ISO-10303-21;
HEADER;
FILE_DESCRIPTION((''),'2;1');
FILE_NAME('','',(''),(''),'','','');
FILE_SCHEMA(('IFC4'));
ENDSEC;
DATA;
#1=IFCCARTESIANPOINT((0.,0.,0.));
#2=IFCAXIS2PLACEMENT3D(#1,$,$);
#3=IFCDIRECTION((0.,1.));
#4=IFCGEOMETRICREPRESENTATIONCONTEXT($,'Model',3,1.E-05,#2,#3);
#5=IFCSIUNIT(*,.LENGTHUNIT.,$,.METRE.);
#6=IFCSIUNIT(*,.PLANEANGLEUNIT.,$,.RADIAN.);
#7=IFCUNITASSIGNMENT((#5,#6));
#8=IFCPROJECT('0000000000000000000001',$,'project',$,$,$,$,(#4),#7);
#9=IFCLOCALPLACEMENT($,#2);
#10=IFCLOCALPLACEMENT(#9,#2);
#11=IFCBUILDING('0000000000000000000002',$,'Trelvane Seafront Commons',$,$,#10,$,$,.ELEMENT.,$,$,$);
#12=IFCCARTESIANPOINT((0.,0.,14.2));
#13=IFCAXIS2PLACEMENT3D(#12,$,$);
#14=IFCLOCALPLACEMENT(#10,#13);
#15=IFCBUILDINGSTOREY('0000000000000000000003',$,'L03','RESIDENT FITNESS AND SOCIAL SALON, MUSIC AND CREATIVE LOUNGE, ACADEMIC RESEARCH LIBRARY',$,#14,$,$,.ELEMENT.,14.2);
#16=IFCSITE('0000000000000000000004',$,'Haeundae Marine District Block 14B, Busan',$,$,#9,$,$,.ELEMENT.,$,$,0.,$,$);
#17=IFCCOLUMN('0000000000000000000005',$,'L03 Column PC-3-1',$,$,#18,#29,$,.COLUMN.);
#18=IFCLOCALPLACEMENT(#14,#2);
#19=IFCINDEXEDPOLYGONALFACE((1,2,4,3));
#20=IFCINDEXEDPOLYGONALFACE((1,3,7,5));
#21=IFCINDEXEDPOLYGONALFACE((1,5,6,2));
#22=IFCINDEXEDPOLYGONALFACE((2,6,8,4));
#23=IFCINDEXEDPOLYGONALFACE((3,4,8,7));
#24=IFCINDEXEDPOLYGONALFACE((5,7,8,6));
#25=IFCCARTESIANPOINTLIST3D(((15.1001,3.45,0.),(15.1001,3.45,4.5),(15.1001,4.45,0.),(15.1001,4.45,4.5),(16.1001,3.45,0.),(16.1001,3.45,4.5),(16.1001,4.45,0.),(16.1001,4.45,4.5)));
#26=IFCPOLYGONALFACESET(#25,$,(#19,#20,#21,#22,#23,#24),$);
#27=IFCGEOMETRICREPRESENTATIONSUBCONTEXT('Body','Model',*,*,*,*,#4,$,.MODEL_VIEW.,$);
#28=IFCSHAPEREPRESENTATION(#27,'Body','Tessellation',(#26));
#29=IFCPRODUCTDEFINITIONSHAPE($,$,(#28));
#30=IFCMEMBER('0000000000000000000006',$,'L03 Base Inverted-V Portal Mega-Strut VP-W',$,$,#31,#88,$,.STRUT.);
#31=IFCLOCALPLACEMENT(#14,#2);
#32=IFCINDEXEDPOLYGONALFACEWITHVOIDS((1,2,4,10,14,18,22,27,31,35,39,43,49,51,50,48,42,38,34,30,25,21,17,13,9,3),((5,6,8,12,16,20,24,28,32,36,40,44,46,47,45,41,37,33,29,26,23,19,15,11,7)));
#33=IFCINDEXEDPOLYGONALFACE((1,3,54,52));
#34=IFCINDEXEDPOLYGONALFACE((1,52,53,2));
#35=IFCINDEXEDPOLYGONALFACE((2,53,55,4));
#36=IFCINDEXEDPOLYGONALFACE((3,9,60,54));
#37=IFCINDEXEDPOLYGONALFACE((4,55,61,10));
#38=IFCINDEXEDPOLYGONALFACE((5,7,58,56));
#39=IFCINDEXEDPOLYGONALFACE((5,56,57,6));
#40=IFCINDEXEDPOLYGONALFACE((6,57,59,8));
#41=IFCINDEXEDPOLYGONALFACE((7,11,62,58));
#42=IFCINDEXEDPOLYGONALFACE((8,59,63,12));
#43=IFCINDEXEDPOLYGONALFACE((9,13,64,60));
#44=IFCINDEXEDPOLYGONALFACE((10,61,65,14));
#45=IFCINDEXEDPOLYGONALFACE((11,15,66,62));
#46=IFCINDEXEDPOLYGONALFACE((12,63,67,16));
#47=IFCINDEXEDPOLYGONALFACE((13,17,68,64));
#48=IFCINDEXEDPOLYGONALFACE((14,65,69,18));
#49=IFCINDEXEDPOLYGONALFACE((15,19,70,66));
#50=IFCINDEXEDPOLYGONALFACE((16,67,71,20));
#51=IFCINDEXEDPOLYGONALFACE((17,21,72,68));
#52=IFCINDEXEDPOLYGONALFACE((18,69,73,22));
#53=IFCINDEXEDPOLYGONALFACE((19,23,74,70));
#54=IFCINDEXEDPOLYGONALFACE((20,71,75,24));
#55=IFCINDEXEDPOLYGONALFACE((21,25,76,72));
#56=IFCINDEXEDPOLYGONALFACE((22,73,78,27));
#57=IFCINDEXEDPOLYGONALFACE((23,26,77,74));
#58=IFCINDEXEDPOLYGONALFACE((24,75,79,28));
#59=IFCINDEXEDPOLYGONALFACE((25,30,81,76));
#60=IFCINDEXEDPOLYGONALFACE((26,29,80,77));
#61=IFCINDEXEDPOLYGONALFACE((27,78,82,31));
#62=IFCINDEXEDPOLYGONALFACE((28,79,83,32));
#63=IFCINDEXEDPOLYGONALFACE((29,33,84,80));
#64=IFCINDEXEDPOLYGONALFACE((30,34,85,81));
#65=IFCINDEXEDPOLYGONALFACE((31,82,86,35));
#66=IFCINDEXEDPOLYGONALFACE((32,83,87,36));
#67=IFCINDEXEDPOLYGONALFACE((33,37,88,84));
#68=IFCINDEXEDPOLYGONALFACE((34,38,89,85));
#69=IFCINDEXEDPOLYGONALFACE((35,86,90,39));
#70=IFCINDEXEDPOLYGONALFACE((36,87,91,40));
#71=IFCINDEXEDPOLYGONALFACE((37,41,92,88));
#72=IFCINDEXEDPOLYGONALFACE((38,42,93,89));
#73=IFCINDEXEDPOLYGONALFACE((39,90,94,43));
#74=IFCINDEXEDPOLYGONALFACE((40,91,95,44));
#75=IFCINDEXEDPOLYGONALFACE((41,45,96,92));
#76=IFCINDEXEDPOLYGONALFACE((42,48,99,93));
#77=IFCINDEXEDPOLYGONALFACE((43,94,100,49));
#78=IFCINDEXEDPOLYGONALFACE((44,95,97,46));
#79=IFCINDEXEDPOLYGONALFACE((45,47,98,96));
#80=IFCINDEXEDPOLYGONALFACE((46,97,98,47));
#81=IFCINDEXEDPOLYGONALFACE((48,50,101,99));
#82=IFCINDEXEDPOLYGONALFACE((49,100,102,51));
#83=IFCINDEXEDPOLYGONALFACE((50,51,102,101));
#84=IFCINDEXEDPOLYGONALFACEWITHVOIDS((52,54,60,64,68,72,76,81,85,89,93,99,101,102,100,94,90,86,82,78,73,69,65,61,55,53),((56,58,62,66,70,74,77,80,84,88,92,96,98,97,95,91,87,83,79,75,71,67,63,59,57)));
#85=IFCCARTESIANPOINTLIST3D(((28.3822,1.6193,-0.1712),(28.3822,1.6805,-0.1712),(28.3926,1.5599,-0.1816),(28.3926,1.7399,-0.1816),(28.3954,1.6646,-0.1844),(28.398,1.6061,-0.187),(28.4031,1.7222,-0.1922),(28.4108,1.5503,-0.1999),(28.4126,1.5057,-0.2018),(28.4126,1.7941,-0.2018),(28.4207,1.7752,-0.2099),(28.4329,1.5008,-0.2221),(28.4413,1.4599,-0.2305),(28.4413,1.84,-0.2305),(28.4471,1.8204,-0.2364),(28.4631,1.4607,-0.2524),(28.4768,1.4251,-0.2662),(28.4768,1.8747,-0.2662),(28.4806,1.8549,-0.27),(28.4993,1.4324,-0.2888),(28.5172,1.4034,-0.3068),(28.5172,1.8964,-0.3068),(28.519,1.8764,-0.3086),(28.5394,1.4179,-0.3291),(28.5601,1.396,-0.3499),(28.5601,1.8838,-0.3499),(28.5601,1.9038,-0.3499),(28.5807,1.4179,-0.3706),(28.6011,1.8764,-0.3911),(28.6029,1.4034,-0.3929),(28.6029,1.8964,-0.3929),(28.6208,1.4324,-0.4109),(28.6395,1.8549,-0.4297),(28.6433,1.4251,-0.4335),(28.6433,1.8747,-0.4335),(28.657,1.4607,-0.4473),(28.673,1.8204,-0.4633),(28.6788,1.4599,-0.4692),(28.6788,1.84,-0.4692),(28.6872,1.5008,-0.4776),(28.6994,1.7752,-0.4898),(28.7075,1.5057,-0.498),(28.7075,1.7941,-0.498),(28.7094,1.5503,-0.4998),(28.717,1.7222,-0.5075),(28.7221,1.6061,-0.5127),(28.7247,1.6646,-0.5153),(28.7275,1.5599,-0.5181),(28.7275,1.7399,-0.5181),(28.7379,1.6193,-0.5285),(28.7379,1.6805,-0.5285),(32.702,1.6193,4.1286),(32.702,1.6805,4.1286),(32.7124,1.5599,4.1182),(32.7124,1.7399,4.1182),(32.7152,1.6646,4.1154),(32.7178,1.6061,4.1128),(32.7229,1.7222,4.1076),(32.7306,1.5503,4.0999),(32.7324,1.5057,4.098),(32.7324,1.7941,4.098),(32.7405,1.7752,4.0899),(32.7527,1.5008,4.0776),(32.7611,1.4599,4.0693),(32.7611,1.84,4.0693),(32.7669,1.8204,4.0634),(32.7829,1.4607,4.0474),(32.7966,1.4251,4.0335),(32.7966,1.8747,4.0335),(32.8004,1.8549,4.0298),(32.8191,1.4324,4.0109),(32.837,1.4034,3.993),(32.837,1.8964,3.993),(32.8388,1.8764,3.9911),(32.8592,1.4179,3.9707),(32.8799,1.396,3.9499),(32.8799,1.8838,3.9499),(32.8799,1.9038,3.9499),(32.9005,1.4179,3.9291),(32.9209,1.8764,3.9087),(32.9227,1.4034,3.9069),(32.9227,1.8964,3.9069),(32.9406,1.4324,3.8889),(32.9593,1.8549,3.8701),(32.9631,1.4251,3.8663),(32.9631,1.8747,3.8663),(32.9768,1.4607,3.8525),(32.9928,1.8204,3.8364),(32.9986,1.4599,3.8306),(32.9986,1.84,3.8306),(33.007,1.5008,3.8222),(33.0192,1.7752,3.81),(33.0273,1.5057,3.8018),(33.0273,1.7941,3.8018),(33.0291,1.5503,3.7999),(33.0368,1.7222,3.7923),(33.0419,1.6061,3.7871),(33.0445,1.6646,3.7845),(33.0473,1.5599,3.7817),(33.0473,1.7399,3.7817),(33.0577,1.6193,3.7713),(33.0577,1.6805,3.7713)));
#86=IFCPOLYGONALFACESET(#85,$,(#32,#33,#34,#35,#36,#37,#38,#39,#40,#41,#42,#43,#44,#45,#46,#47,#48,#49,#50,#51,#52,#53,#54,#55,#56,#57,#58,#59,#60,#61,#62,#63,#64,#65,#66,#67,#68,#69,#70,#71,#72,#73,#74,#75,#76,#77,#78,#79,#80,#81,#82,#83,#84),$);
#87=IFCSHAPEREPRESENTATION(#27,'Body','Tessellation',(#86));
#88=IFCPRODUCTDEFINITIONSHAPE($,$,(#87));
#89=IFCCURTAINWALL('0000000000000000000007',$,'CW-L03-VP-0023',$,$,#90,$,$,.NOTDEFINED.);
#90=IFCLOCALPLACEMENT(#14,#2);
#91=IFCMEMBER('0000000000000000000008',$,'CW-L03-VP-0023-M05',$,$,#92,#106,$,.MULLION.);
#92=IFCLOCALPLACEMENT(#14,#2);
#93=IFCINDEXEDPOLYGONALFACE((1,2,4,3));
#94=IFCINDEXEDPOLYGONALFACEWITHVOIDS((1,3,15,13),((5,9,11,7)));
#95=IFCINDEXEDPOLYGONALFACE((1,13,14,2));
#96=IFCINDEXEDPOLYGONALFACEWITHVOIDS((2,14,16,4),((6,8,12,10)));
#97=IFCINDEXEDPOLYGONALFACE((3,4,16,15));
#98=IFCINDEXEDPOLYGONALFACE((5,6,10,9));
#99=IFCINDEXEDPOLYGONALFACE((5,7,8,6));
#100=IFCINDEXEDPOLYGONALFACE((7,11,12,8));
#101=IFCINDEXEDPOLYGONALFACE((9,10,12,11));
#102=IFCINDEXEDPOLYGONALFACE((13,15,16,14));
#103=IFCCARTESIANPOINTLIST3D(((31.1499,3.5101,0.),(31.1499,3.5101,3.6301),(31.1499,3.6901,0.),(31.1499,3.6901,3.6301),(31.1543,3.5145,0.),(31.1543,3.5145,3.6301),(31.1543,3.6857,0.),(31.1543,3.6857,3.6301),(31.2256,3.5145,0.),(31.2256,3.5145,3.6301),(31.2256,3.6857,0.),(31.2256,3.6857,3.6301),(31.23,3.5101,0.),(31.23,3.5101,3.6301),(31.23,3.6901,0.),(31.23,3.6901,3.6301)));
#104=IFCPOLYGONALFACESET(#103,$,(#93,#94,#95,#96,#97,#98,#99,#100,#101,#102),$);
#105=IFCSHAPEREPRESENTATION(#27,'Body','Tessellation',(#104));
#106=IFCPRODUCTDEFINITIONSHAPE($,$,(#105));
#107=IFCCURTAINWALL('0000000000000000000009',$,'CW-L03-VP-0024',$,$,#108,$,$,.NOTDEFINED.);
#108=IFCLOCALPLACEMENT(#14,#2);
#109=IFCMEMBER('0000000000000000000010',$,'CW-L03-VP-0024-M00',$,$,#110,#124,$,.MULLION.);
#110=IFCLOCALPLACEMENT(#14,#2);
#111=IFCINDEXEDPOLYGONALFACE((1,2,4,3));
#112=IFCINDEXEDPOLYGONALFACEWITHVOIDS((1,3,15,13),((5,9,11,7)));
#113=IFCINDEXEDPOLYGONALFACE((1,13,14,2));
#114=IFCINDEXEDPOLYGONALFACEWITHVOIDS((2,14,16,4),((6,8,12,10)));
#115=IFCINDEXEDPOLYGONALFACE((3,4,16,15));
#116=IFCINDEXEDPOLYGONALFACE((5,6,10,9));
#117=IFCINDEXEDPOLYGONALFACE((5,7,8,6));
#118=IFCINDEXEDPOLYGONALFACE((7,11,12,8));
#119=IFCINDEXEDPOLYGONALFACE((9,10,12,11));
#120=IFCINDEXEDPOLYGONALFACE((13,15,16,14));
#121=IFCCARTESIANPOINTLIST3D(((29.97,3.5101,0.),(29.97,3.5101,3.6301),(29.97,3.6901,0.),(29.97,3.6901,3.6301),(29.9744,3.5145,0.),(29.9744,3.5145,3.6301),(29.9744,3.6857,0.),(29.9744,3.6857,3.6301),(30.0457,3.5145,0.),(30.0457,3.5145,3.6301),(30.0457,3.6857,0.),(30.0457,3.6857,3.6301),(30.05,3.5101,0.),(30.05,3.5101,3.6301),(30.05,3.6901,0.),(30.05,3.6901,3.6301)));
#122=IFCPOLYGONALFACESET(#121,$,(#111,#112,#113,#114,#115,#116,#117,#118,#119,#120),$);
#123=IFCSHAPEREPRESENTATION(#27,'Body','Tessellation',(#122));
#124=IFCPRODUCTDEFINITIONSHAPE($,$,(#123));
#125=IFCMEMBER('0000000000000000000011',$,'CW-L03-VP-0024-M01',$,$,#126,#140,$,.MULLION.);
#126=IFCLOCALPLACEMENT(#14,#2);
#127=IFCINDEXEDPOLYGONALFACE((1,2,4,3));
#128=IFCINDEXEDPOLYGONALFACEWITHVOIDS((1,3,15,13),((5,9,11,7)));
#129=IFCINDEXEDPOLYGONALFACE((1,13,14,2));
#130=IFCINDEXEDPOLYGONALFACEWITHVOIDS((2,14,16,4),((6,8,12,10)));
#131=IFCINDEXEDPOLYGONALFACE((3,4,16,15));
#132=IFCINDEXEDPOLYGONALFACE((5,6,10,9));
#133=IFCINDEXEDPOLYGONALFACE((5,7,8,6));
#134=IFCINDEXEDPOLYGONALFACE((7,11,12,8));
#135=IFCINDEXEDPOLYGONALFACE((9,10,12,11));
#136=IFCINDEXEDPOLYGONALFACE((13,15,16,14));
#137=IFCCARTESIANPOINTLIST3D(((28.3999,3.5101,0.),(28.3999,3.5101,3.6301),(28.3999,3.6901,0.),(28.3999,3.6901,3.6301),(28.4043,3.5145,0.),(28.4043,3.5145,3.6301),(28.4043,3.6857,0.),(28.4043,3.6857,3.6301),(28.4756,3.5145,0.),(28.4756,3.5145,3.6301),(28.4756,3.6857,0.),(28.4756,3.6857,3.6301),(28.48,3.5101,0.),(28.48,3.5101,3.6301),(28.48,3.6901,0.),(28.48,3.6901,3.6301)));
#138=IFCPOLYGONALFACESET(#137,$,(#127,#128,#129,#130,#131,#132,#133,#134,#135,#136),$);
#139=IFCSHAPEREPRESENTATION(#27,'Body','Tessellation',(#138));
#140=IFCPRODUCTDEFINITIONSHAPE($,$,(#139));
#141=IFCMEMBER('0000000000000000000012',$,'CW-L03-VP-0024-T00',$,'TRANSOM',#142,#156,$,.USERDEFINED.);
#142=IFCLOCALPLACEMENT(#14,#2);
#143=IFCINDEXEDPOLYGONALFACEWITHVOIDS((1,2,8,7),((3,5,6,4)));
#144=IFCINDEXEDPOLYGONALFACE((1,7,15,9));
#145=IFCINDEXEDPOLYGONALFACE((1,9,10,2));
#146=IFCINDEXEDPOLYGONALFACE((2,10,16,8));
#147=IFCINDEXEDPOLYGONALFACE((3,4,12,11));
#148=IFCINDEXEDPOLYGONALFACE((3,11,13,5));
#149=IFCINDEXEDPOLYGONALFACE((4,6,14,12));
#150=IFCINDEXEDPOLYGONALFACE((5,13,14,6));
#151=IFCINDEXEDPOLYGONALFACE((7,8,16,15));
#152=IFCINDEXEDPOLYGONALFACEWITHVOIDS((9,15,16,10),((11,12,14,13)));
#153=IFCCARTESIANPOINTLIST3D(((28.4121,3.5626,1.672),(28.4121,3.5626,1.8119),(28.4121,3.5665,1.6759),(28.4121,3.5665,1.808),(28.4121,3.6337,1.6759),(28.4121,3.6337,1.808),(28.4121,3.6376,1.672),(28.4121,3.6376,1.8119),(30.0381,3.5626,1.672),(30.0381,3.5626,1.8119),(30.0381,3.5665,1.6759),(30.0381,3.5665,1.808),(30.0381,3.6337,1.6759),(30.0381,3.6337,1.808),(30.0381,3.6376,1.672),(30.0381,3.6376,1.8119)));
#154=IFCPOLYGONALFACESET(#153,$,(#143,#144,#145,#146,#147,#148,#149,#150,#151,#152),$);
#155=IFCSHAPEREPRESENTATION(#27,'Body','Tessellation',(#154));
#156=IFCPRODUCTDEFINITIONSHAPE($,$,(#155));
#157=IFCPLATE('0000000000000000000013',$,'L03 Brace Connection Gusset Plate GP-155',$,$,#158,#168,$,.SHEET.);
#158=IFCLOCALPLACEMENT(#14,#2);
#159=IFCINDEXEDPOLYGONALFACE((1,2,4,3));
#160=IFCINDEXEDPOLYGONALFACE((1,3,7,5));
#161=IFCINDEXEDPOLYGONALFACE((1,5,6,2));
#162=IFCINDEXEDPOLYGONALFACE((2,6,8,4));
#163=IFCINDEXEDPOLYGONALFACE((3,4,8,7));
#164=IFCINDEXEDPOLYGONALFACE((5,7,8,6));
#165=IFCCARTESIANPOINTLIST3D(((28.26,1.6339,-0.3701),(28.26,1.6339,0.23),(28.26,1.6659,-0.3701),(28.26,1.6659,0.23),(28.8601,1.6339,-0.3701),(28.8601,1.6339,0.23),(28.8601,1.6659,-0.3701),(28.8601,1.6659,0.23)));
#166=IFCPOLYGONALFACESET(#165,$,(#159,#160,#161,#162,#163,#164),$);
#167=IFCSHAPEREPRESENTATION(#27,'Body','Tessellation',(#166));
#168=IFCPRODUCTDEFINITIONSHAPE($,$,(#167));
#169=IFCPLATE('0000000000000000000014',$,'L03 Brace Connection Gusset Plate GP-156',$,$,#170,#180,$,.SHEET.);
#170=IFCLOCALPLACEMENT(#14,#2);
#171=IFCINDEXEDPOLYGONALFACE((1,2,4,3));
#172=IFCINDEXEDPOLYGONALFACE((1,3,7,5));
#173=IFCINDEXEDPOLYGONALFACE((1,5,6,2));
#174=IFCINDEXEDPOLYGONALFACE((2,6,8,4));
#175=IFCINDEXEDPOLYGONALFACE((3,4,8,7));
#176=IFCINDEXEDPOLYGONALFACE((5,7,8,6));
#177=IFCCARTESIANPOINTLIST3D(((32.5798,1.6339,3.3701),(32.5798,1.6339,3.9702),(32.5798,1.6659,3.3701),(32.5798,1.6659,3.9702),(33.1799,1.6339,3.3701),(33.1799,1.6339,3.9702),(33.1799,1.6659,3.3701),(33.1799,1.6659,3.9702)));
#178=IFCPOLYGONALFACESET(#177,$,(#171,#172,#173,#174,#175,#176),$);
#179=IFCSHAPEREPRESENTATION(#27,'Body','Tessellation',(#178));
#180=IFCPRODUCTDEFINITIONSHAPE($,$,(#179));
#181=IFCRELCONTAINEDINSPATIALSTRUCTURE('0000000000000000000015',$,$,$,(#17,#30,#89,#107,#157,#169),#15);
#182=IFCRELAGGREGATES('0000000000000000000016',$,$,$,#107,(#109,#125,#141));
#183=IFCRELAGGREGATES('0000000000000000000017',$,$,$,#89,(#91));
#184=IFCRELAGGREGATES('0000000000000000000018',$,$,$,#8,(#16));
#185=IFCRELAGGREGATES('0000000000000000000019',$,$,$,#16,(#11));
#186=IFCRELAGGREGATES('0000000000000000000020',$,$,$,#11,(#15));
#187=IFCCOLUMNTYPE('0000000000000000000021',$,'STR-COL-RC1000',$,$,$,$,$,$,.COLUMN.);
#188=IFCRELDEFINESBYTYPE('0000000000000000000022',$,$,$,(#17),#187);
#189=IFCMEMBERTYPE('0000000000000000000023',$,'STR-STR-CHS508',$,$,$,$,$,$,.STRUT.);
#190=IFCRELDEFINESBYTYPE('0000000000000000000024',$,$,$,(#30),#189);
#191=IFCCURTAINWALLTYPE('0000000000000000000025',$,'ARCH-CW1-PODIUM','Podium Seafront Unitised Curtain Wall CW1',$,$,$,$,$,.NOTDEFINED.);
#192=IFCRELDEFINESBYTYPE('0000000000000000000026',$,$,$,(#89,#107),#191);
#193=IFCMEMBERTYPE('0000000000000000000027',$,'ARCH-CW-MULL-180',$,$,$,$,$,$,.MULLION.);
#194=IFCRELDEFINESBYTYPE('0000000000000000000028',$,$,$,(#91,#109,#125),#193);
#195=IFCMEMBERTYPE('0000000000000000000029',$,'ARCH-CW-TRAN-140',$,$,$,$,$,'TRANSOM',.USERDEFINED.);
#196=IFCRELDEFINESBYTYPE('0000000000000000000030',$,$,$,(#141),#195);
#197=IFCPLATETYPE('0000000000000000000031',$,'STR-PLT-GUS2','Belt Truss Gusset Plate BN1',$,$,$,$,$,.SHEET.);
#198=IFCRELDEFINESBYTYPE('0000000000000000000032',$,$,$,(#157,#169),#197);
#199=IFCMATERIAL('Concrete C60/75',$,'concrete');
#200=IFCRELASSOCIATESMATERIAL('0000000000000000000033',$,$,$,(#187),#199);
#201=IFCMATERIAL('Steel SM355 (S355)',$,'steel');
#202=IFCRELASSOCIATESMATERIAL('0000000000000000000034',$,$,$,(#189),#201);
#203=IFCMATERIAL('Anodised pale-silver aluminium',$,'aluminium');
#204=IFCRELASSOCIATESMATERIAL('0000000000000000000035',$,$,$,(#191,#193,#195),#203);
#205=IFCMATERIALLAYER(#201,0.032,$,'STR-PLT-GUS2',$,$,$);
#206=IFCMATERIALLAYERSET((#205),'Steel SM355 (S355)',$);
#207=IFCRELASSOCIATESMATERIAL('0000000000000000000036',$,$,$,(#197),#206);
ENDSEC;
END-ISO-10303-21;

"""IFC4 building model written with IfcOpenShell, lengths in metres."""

from ifc_helpers import new_model, si_unit, direction, frame, origin, origin_2d, place, context, subcontext, project, spatial, rectangle, hollow_rectangle, hollow_circle, extrude, source, transform, mapped, material, layer, layer_set, material_profile, profile_set, type_object, element, aggregate, save


model = new_model("IFC4")

# Units and contexts
model_context = context("Model", 3, precision=1e-05, world=origin(), true_north=direction((0.0, 1.0)))
body_context = subcontext(model_context, "Body", "Model", "MODEL_VIEW")
ifc_project = project(units=[si_unit("LENGTHUNIT", "METRE"), si_unit("PLANEANGLEUNIT", "RADIAN")], contexts=[model_context])

# Site, building, storey
site_placement = place(None, origin())
site = spatial("IfcSite", under=ifc_project, at=site_placement, Name="Haeundae Marine District Block 14B, Busan", CompositionType="ELEMENT", RefElevation=0.0)
building_placement = place(site_placement, origin())
building = spatial("IfcBuilding", under=site, at=building_placement, Name="Trelvane Seafront Commons", CompositionType="ELEMENT")
storey_placement = place(building_placement, frame((0.0, 0.0, 14.2)))
storey = spatial("IfcBuildingStorey", under=building, at=storey_placement, Name="L03", Description="RESIDENT FITNESS AND SOCIAL SALON, MUSIC AND CREATIVE LOUNGE, ACADEMIC RESEARCH LIBRARY", CompositionType="ELEMENT", Elevation=14.2)

# Column
ifc_material_1 = material(Name="Concrete C60/75", Category="concrete")
ifc_material_profile_1 = material_profile(ifc_material_1, rectangle(XDim=1.0, YDim=1.0, at=origin_2d()), Name="RC-1000x1000")
ifc_profile_set_1 = profile_set([ifc_material_profile_1], Name="Concrete C60/75")
column_type = type_object("IfcColumnType", Name="STR-COL-RC1000", PredefinedType="COLUMN", material=ifc_profile_set_1)
shared_shape_1 = source(origin(), body_context, "Body", "SweptSolid", [
    extrude(rectangle(XDim=1.0, YDim=1.0, at=origin_2d()), origin(), (0.0, 0.0, 1.0), 4.5),
])
column_placement = place(storey_placement, frame((15.6001, 3.95, 0.0), z_axis=(0.0, 0.0, 1.0), x_axis=(1.0, 0.0, 0.0)))
element("IfcColumn", 1, at=column_placement, inside=storey, type_object=column_type, Name="L03 Column PC-3-1", PredefinedType="COLUMN", context=body_context, shape_type="MappedRepresentation", body=[
    mapped(shared_shape_1, transform((0.0, 0.0, 0.0), x_axis=(1.0, 0.0, 0.0), y_axis=(0.0, 1.0, 0.0), z_axis=(0.0, 0.0, 1.0), scale=1.0)),
])

# Member
ifc_material_2 = material(Name="Steel SM355 (S355)", Category="steel")
ifc_material_profile_2 = material_profile(ifc_material_2, hollow_circle(Radius=0.2539, WallThickness=0.02, at=origin_2d()), Name="CHS-508x20")
ifc_profile_set_2 = profile_set([ifc_material_profile_2], Name="Steel SM355 (S355)")
member_type_1 = type_object("IfcMemberType", Name="STR-STR-CHS508", PredefinedType="STRUT", material=ifc_profile_set_2)
shared_shape_2 = source(origin(), body_context, "Body", "SweptSolid", [
    extrude(hollow_circle(Radius=0.2539, WallThickness=0.02, at=origin_2d()), origin(), (0.0, 0.0, 1.0), 6.095),
])
member_1_placement = place(storey_placement, frame((28.5601, 1.6499, -0.3499), z_axis=(0.708747, 0.0, 0.705463), x_axis=(0.0, 1.0, 0.0)))
element("IfcMember", 2, at=member_1_placement, inside=storey, type_object=member_type_1, Name="L03 Base Inverted-V Portal Mega-Strut VP-W", PredefinedType="STRUT", context=body_context, shape_type="MappedRepresentation", body=[
    mapped(shared_shape_2, transform((0.0, 0.0, 0.0), x_axis=(1.0, 0.0, 0.0), y_axis=(0.0, 1.0, 0.0), z_axis=(0.0, 0.0, 1.0), scale=1.0)),
])

# Curtain wall, member
ifc_material_3 = material(Name="Anodised pale-silver aluminium", Category="aluminium")
curtain_wall_type = type_object("IfcCurtainWallType", Name="ARCH-CW1-PODIUM", Description="Podium Seafront Unitised Curtain Wall CW1", PredefinedType="NOTDEFINED", material=ifc_material_3)
curtain_wall_1_placement = place(storey_placement, origin())
curtain_wall_1 = element("IfcCurtainWall", 3, at=curtain_wall_1_placement, inside=storey, type_object=curtain_wall_type, Name="CW-L03-VP-0023", PredefinedType="NOTDEFINED")
ifc_material_profile_3 = material_profile(ifc_material_3, hollow_rectangle(XDim=0.0801, YDim=0.1799, WallThickness=0.0044, at=origin_2d()), Name="MULL-80x180x4.5")
ifc_profile_set_3 = profile_set([ifc_material_profile_3], Name="Anodised pale-silver aluminium")
member_type_2 = type_object("IfcMemberType", Name="ARCH-CW-MULL-180", PredefinedType="MULLION", material=ifc_profile_set_3)
shared_shape_3 = source(origin(), body_context, "Body", "SweptSolid", [
    extrude(hollow_rectangle(XDim=0.0801, YDim=0.1799, WallThickness=0.0044, at=origin_2d()), origin(), (0.0, 0.0, 1.0), 3.6301),
])
member_2_placement = place(storey_placement, frame((31.1899, 3.6001, 0.0), z_axis=(0.0, 0.0, 1.0), x_axis=(1.0, 0.0, 0.0)))
member_2 = element("IfcMember", 4, at=member_2_placement, type_object=member_type_2, Name="CW-L03-VP-0023-M05", PredefinedType="MULLION", context=body_context, shape_type="MappedRepresentation", body=[
    mapped(shared_shape_3, transform((0.0, 0.0, 0.0), x_axis=(1.0, 0.0, 0.0), y_axis=(0.0, 1.0, 0.0), z_axis=(0.0, 0.0, 1.0), scale=1.0)),
])

# Curtain wall, members
curtain_wall_2_placement = place(storey_placement, origin())
curtain_wall_2 = element("IfcCurtainWall", 5, at=curtain_wall_2_placement, inside=storey, type_object=curtain_wall_type, Name="CW-L03-VP-0024", PredefinedType="NOTDEFINED")
member_3_placement = place(storey_placement, frame((30.01, 3.6001, 0.0), z_axis=(0.0, 0.0, 1.0), x_axis=(1.0, 0.0, 0.0)))
member_3 = element("IfcMember", 6, at=member_3_placement, type_object=member_type_2, Name="CW-L03-VP-0024-M00", PredefinedType="MULLION", context=body_context, shape_type="MappedRepresentation", body=[
    mapped(shared_shape_3, transform((0.0, 0.0, 0.0), x_axis=(1.0, 0.0, 0.0), y_axis=(0.0, 1.0, 0.0), z_axis=(0.0, 0.0, 1.0), scale=1.0)),
])
member_4_placement = place(storey_placement, frame((28.4399, 3.6001, 0.0), z_axis=(0.0, 0.0, 1.0), x_axis=(1.0, 0.0, 0.0)))
member_4 = element("IfcMember", 7, at=member_4_placement, type_object=member_type_2, Name="CW-L03-VP-0024-M01", PredefinedType="MULLION", context=body_context, shape_type="MappedRepresentation", body=[
    mapped(shared_shape_3, transform((0.0, 0.0, 0.0), x_axis=(1.0, 0.0, 0.0), y_axis=(0.0, 1.0, 0.0), z_axis=(0.0, 0.0, 1.0), scale=1.0)),
])
ifc_material_profile_4 = material_profile(ifc_material_3, hollow_rectangle(XDim=0.075, YDim=0.1399, WallThickness=0.0039, at=origin_2d()), Name="TRAN-75x140x4")
ifc_profile_set_4 = profile_set([ifc_material_profile_4], Name="Anodised pale-silver aluminium")
member_type_3 = type_object("IfcMemberType", Name="ARCH-CW-TRAN-140", ElementType="TRANSOM", PredefinedType="USERDEFINED", material=ifc_profile_set_4)
shared_shape_4 = source(origin(), body_context, "Body", "SweptSolid", [
    extrude(hollow_rectangle(XDim=0.075, YDim=0.1399, WallThickness=0.0039, at=origin_2d()), origin(), (0.0, 0.0, 1.0), 1.626),
])
member_5_placement = place(storey_placement, frame((30.0381, 3.6001, 1.7419), z_axis=(-1.0, 0.0, 0.0), x_axis=(0.0, -1.0, 0.0)))
member_5 = element("IfcMember", 8, at=member_5_placement, type_object=member_type_3, Name="CW-L03-VP-0024-T00", ObjectType="TRANSOM", PredefinedType="USERDEFINED", context=body_context, shape_type="MappedRepresentation", body=[
    mapped(shared_shape_4, transform((0.0, 0.0, 0.0), x_axis=(1.0, 0.0, 0.0), y_axis=(0.0, 1.0, 0.0), z_axis=(0.0, 0.0, 1.0), scale=1.0)),
])

# Plates
ifc_layer_1 = layer(ifc_material_2, 0.032, Name="STR-PLT-GUS2")
ifc_layer_set_1 = layer_set([ifc_layer_1], Name="Steel SM355 (S355)")
plate_type_1 = type_object("IfcPlateType", Name="STR-PLT-GUS2", Description="Belt Truss Gusset Plate BN1", PredefinedType="SHEET", material=ifc_layer_set_1)
shared_shape_5 = source(origin(), body_context, "Body", "SweptSolid", [
    extrude(rectangle(XDim=0.6001, YDim=0.032, at=origin_2d()), origin(), (0.0, 0.0, 1.0), 0.6001),
])
for number, where, z_axis, x_axis, name in (
    (9, (28.5601, 1.6499, -0.3701), (0.0, 0.0, 1.0), (1.0, 0.0, 0.0), "L03 Brace Connection Gusset Plate GP-155"),
    (10, (32.8799, 1.6499, 3.3701), (0.0, 0.0, 1.0), (1.0, 0.0, 0.0), "L03 Brace Connection Gusset Plate GP-156"),
):
    element("IfcPlate", number, at=place(storey_placement, frame(where, z_axis=z_axis, x_axis=x_axis)), inside=storey, type_object=plate_type_1, Name=name, PredefinedType="SHEET", context=body_context, shape_type="MappedRepresentation", body=[
        mapped(shared_shape_5, transform((0.0, 0.0, 0.0), x_axis=(1.0, 0.0, 0.0), y_axis=(0.0, 1.0, 0.0), z_axis=(0.0, 0.0, 1.0), scale=1.0)),
    ])

aggregate(curtain_wall_2, [member_3, member_4, member_5])
aggregate(curtain_wall_1, [member_2])

save(model, "model.ifc")
